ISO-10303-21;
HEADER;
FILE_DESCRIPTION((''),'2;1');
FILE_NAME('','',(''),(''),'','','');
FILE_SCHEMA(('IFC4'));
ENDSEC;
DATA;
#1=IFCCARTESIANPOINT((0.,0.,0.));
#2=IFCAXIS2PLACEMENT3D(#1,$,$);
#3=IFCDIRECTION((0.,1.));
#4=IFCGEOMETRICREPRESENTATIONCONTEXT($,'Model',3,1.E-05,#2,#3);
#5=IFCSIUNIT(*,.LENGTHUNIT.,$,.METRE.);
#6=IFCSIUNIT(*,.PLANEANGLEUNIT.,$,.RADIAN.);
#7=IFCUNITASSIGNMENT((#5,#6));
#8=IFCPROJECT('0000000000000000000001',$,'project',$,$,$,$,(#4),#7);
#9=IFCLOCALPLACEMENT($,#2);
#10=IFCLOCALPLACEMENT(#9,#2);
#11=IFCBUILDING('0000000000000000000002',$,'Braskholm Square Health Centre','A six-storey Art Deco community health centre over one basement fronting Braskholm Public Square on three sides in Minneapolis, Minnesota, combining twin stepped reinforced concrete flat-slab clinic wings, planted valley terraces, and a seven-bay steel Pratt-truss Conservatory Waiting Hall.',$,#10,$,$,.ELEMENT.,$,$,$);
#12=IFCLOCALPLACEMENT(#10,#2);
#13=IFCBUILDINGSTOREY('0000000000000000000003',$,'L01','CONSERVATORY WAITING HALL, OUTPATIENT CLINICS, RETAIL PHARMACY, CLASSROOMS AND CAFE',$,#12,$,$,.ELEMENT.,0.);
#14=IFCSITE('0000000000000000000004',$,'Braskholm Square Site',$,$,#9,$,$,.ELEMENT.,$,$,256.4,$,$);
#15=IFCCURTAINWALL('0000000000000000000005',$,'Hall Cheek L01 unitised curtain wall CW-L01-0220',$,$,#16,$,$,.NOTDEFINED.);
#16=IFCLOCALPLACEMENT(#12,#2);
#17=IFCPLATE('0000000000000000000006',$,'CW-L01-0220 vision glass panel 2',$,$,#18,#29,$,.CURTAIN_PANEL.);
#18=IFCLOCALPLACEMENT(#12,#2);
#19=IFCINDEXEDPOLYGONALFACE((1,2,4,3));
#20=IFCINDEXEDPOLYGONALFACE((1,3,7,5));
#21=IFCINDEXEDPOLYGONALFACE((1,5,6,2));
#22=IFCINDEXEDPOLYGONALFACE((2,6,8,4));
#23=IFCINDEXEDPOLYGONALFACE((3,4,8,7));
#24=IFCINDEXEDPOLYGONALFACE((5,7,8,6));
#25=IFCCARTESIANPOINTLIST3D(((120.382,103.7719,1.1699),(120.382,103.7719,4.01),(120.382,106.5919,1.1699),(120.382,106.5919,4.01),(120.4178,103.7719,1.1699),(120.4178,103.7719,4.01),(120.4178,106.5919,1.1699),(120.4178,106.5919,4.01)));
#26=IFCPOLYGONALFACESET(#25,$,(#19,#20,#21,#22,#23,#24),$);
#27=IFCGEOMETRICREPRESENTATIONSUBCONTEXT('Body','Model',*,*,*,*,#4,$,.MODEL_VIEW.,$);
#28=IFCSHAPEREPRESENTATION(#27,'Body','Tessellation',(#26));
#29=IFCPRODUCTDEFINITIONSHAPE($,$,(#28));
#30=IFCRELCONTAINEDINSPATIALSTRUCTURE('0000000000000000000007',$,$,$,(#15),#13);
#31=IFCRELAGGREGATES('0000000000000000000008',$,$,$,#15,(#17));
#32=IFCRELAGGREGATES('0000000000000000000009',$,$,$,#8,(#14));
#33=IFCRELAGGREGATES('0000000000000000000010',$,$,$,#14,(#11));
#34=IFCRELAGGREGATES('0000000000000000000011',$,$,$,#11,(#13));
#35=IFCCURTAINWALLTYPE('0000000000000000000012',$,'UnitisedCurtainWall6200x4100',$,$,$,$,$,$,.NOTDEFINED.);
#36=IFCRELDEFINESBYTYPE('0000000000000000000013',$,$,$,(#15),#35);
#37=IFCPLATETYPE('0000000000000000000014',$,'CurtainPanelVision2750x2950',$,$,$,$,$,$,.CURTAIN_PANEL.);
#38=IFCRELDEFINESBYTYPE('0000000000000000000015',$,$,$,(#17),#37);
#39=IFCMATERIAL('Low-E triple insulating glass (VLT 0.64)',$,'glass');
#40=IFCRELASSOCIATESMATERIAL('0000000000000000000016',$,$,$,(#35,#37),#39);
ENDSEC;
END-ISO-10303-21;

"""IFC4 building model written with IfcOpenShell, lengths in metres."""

from ifc_helpers import new_model, si_unit, direction, frame, origin, origin_2d, place, context, subcontext, project, spatial, rectangle, extrude, material, type_object, element, aggregate, save


model = new_model("IFC4")

# Units and contexts
model_context = context("Model", 3, precision=1e-05, world=origin(), true_north=direction((0.0, 1.0)))
body_context = subcontext(model_context, "Body", "Model", "MODEL_VIEW")
ifc_project = project(units=[si_unit("LENGTHUNIT", "METRE"), si_unit("PLANEANGLEUNIT", "RADIAN")], contexts=[model_context])

# Site, building, storey
site_placement = place(None, origin())
site = spatial("IfcSite", under=ifc_project, at=site_placement, Name="Braskholm Square Site", CompositionType="ELEMENT", RefElevation=256.4)
building_placement = place(site_placement, origin())
building = spatial("IfcBuilding", under=site, at=building_placement, Name="Braskholm Square Health Centre", Description="A six-storey Art Deco community health centre over one basement fronting Braskholm Public Square on three sides in Minneapolis, Minnesota, combining twin stepped reinforced concrete flat-slab clinic wings, planted valley terraces, and a seven-bay steel Pratt-truss Conservatory Waiting Hall.", CompositionType="ELEMENT")
storey_placement = place(building_placement, origin())
storey = spatial("IfcBuildingStorey", under=building, at=storey_placement, Name="L01", Description="CONSERVATORY WAITING HALL, OUTPATIENT CLINICS, RETAIL PHARMACY, CLASSROOMS AND CAFE", CompositionType="ELEMENT", Elevation=0.0)

# Shared definitions
ifc_material_1 = material(Name="Low-E triple insulating glass (VLT 0.64)", Category="glass")
curtain_wall_type = type_object("IfcCurtainWallType", Name="UnitisedCurtainWall6200x4100", PredefinedType="NOTDEFINED", material=ifc_material_1)

# Curtain wall
curtain_wall_1_placement = place(storey_placement, origin())
curtain_wall_1 = element("IfcCurtainWall", 1, at=curtain_wall_1_placement, inside=storey, type_object=curtain_wall_type, Name="Hall Cheek L01 unitised curtain wall CW-L01-0220", PredefinedType="NOTDEFINED")

# Plate
plate_type_1 = type_object("IfcPlateType", Name="CurtainPanelVision2750x2950", PredefinedType="CURTAIN_PANEL", material=ifc_material_1)
plate_1_placement = place(storey_placement, frame((120.3999, 105.1819, 1.1699), z_axis=(0.0, 0.0, 1.0), x_axis=(0.0, 1.0, 0.0)))
plate_1 = element("IfcPlate", 2, at=plate_1_placement, type_object=plate_type_1, Name="CW-L01-0220 vision glass panel 2", PredefinedType="CURTAIN_PANEL", context=body_context, shape_type="SweptSolid", body=[
    extrude(rectangle(XDim=2.8201, YDim=0.0359, at=origin_2d()), origin(), (0.0, 0.0, 1.0), 2.8401),
])
aggregate(curtain_wall_1, [plate_1])

save(model, "model.ifc")
